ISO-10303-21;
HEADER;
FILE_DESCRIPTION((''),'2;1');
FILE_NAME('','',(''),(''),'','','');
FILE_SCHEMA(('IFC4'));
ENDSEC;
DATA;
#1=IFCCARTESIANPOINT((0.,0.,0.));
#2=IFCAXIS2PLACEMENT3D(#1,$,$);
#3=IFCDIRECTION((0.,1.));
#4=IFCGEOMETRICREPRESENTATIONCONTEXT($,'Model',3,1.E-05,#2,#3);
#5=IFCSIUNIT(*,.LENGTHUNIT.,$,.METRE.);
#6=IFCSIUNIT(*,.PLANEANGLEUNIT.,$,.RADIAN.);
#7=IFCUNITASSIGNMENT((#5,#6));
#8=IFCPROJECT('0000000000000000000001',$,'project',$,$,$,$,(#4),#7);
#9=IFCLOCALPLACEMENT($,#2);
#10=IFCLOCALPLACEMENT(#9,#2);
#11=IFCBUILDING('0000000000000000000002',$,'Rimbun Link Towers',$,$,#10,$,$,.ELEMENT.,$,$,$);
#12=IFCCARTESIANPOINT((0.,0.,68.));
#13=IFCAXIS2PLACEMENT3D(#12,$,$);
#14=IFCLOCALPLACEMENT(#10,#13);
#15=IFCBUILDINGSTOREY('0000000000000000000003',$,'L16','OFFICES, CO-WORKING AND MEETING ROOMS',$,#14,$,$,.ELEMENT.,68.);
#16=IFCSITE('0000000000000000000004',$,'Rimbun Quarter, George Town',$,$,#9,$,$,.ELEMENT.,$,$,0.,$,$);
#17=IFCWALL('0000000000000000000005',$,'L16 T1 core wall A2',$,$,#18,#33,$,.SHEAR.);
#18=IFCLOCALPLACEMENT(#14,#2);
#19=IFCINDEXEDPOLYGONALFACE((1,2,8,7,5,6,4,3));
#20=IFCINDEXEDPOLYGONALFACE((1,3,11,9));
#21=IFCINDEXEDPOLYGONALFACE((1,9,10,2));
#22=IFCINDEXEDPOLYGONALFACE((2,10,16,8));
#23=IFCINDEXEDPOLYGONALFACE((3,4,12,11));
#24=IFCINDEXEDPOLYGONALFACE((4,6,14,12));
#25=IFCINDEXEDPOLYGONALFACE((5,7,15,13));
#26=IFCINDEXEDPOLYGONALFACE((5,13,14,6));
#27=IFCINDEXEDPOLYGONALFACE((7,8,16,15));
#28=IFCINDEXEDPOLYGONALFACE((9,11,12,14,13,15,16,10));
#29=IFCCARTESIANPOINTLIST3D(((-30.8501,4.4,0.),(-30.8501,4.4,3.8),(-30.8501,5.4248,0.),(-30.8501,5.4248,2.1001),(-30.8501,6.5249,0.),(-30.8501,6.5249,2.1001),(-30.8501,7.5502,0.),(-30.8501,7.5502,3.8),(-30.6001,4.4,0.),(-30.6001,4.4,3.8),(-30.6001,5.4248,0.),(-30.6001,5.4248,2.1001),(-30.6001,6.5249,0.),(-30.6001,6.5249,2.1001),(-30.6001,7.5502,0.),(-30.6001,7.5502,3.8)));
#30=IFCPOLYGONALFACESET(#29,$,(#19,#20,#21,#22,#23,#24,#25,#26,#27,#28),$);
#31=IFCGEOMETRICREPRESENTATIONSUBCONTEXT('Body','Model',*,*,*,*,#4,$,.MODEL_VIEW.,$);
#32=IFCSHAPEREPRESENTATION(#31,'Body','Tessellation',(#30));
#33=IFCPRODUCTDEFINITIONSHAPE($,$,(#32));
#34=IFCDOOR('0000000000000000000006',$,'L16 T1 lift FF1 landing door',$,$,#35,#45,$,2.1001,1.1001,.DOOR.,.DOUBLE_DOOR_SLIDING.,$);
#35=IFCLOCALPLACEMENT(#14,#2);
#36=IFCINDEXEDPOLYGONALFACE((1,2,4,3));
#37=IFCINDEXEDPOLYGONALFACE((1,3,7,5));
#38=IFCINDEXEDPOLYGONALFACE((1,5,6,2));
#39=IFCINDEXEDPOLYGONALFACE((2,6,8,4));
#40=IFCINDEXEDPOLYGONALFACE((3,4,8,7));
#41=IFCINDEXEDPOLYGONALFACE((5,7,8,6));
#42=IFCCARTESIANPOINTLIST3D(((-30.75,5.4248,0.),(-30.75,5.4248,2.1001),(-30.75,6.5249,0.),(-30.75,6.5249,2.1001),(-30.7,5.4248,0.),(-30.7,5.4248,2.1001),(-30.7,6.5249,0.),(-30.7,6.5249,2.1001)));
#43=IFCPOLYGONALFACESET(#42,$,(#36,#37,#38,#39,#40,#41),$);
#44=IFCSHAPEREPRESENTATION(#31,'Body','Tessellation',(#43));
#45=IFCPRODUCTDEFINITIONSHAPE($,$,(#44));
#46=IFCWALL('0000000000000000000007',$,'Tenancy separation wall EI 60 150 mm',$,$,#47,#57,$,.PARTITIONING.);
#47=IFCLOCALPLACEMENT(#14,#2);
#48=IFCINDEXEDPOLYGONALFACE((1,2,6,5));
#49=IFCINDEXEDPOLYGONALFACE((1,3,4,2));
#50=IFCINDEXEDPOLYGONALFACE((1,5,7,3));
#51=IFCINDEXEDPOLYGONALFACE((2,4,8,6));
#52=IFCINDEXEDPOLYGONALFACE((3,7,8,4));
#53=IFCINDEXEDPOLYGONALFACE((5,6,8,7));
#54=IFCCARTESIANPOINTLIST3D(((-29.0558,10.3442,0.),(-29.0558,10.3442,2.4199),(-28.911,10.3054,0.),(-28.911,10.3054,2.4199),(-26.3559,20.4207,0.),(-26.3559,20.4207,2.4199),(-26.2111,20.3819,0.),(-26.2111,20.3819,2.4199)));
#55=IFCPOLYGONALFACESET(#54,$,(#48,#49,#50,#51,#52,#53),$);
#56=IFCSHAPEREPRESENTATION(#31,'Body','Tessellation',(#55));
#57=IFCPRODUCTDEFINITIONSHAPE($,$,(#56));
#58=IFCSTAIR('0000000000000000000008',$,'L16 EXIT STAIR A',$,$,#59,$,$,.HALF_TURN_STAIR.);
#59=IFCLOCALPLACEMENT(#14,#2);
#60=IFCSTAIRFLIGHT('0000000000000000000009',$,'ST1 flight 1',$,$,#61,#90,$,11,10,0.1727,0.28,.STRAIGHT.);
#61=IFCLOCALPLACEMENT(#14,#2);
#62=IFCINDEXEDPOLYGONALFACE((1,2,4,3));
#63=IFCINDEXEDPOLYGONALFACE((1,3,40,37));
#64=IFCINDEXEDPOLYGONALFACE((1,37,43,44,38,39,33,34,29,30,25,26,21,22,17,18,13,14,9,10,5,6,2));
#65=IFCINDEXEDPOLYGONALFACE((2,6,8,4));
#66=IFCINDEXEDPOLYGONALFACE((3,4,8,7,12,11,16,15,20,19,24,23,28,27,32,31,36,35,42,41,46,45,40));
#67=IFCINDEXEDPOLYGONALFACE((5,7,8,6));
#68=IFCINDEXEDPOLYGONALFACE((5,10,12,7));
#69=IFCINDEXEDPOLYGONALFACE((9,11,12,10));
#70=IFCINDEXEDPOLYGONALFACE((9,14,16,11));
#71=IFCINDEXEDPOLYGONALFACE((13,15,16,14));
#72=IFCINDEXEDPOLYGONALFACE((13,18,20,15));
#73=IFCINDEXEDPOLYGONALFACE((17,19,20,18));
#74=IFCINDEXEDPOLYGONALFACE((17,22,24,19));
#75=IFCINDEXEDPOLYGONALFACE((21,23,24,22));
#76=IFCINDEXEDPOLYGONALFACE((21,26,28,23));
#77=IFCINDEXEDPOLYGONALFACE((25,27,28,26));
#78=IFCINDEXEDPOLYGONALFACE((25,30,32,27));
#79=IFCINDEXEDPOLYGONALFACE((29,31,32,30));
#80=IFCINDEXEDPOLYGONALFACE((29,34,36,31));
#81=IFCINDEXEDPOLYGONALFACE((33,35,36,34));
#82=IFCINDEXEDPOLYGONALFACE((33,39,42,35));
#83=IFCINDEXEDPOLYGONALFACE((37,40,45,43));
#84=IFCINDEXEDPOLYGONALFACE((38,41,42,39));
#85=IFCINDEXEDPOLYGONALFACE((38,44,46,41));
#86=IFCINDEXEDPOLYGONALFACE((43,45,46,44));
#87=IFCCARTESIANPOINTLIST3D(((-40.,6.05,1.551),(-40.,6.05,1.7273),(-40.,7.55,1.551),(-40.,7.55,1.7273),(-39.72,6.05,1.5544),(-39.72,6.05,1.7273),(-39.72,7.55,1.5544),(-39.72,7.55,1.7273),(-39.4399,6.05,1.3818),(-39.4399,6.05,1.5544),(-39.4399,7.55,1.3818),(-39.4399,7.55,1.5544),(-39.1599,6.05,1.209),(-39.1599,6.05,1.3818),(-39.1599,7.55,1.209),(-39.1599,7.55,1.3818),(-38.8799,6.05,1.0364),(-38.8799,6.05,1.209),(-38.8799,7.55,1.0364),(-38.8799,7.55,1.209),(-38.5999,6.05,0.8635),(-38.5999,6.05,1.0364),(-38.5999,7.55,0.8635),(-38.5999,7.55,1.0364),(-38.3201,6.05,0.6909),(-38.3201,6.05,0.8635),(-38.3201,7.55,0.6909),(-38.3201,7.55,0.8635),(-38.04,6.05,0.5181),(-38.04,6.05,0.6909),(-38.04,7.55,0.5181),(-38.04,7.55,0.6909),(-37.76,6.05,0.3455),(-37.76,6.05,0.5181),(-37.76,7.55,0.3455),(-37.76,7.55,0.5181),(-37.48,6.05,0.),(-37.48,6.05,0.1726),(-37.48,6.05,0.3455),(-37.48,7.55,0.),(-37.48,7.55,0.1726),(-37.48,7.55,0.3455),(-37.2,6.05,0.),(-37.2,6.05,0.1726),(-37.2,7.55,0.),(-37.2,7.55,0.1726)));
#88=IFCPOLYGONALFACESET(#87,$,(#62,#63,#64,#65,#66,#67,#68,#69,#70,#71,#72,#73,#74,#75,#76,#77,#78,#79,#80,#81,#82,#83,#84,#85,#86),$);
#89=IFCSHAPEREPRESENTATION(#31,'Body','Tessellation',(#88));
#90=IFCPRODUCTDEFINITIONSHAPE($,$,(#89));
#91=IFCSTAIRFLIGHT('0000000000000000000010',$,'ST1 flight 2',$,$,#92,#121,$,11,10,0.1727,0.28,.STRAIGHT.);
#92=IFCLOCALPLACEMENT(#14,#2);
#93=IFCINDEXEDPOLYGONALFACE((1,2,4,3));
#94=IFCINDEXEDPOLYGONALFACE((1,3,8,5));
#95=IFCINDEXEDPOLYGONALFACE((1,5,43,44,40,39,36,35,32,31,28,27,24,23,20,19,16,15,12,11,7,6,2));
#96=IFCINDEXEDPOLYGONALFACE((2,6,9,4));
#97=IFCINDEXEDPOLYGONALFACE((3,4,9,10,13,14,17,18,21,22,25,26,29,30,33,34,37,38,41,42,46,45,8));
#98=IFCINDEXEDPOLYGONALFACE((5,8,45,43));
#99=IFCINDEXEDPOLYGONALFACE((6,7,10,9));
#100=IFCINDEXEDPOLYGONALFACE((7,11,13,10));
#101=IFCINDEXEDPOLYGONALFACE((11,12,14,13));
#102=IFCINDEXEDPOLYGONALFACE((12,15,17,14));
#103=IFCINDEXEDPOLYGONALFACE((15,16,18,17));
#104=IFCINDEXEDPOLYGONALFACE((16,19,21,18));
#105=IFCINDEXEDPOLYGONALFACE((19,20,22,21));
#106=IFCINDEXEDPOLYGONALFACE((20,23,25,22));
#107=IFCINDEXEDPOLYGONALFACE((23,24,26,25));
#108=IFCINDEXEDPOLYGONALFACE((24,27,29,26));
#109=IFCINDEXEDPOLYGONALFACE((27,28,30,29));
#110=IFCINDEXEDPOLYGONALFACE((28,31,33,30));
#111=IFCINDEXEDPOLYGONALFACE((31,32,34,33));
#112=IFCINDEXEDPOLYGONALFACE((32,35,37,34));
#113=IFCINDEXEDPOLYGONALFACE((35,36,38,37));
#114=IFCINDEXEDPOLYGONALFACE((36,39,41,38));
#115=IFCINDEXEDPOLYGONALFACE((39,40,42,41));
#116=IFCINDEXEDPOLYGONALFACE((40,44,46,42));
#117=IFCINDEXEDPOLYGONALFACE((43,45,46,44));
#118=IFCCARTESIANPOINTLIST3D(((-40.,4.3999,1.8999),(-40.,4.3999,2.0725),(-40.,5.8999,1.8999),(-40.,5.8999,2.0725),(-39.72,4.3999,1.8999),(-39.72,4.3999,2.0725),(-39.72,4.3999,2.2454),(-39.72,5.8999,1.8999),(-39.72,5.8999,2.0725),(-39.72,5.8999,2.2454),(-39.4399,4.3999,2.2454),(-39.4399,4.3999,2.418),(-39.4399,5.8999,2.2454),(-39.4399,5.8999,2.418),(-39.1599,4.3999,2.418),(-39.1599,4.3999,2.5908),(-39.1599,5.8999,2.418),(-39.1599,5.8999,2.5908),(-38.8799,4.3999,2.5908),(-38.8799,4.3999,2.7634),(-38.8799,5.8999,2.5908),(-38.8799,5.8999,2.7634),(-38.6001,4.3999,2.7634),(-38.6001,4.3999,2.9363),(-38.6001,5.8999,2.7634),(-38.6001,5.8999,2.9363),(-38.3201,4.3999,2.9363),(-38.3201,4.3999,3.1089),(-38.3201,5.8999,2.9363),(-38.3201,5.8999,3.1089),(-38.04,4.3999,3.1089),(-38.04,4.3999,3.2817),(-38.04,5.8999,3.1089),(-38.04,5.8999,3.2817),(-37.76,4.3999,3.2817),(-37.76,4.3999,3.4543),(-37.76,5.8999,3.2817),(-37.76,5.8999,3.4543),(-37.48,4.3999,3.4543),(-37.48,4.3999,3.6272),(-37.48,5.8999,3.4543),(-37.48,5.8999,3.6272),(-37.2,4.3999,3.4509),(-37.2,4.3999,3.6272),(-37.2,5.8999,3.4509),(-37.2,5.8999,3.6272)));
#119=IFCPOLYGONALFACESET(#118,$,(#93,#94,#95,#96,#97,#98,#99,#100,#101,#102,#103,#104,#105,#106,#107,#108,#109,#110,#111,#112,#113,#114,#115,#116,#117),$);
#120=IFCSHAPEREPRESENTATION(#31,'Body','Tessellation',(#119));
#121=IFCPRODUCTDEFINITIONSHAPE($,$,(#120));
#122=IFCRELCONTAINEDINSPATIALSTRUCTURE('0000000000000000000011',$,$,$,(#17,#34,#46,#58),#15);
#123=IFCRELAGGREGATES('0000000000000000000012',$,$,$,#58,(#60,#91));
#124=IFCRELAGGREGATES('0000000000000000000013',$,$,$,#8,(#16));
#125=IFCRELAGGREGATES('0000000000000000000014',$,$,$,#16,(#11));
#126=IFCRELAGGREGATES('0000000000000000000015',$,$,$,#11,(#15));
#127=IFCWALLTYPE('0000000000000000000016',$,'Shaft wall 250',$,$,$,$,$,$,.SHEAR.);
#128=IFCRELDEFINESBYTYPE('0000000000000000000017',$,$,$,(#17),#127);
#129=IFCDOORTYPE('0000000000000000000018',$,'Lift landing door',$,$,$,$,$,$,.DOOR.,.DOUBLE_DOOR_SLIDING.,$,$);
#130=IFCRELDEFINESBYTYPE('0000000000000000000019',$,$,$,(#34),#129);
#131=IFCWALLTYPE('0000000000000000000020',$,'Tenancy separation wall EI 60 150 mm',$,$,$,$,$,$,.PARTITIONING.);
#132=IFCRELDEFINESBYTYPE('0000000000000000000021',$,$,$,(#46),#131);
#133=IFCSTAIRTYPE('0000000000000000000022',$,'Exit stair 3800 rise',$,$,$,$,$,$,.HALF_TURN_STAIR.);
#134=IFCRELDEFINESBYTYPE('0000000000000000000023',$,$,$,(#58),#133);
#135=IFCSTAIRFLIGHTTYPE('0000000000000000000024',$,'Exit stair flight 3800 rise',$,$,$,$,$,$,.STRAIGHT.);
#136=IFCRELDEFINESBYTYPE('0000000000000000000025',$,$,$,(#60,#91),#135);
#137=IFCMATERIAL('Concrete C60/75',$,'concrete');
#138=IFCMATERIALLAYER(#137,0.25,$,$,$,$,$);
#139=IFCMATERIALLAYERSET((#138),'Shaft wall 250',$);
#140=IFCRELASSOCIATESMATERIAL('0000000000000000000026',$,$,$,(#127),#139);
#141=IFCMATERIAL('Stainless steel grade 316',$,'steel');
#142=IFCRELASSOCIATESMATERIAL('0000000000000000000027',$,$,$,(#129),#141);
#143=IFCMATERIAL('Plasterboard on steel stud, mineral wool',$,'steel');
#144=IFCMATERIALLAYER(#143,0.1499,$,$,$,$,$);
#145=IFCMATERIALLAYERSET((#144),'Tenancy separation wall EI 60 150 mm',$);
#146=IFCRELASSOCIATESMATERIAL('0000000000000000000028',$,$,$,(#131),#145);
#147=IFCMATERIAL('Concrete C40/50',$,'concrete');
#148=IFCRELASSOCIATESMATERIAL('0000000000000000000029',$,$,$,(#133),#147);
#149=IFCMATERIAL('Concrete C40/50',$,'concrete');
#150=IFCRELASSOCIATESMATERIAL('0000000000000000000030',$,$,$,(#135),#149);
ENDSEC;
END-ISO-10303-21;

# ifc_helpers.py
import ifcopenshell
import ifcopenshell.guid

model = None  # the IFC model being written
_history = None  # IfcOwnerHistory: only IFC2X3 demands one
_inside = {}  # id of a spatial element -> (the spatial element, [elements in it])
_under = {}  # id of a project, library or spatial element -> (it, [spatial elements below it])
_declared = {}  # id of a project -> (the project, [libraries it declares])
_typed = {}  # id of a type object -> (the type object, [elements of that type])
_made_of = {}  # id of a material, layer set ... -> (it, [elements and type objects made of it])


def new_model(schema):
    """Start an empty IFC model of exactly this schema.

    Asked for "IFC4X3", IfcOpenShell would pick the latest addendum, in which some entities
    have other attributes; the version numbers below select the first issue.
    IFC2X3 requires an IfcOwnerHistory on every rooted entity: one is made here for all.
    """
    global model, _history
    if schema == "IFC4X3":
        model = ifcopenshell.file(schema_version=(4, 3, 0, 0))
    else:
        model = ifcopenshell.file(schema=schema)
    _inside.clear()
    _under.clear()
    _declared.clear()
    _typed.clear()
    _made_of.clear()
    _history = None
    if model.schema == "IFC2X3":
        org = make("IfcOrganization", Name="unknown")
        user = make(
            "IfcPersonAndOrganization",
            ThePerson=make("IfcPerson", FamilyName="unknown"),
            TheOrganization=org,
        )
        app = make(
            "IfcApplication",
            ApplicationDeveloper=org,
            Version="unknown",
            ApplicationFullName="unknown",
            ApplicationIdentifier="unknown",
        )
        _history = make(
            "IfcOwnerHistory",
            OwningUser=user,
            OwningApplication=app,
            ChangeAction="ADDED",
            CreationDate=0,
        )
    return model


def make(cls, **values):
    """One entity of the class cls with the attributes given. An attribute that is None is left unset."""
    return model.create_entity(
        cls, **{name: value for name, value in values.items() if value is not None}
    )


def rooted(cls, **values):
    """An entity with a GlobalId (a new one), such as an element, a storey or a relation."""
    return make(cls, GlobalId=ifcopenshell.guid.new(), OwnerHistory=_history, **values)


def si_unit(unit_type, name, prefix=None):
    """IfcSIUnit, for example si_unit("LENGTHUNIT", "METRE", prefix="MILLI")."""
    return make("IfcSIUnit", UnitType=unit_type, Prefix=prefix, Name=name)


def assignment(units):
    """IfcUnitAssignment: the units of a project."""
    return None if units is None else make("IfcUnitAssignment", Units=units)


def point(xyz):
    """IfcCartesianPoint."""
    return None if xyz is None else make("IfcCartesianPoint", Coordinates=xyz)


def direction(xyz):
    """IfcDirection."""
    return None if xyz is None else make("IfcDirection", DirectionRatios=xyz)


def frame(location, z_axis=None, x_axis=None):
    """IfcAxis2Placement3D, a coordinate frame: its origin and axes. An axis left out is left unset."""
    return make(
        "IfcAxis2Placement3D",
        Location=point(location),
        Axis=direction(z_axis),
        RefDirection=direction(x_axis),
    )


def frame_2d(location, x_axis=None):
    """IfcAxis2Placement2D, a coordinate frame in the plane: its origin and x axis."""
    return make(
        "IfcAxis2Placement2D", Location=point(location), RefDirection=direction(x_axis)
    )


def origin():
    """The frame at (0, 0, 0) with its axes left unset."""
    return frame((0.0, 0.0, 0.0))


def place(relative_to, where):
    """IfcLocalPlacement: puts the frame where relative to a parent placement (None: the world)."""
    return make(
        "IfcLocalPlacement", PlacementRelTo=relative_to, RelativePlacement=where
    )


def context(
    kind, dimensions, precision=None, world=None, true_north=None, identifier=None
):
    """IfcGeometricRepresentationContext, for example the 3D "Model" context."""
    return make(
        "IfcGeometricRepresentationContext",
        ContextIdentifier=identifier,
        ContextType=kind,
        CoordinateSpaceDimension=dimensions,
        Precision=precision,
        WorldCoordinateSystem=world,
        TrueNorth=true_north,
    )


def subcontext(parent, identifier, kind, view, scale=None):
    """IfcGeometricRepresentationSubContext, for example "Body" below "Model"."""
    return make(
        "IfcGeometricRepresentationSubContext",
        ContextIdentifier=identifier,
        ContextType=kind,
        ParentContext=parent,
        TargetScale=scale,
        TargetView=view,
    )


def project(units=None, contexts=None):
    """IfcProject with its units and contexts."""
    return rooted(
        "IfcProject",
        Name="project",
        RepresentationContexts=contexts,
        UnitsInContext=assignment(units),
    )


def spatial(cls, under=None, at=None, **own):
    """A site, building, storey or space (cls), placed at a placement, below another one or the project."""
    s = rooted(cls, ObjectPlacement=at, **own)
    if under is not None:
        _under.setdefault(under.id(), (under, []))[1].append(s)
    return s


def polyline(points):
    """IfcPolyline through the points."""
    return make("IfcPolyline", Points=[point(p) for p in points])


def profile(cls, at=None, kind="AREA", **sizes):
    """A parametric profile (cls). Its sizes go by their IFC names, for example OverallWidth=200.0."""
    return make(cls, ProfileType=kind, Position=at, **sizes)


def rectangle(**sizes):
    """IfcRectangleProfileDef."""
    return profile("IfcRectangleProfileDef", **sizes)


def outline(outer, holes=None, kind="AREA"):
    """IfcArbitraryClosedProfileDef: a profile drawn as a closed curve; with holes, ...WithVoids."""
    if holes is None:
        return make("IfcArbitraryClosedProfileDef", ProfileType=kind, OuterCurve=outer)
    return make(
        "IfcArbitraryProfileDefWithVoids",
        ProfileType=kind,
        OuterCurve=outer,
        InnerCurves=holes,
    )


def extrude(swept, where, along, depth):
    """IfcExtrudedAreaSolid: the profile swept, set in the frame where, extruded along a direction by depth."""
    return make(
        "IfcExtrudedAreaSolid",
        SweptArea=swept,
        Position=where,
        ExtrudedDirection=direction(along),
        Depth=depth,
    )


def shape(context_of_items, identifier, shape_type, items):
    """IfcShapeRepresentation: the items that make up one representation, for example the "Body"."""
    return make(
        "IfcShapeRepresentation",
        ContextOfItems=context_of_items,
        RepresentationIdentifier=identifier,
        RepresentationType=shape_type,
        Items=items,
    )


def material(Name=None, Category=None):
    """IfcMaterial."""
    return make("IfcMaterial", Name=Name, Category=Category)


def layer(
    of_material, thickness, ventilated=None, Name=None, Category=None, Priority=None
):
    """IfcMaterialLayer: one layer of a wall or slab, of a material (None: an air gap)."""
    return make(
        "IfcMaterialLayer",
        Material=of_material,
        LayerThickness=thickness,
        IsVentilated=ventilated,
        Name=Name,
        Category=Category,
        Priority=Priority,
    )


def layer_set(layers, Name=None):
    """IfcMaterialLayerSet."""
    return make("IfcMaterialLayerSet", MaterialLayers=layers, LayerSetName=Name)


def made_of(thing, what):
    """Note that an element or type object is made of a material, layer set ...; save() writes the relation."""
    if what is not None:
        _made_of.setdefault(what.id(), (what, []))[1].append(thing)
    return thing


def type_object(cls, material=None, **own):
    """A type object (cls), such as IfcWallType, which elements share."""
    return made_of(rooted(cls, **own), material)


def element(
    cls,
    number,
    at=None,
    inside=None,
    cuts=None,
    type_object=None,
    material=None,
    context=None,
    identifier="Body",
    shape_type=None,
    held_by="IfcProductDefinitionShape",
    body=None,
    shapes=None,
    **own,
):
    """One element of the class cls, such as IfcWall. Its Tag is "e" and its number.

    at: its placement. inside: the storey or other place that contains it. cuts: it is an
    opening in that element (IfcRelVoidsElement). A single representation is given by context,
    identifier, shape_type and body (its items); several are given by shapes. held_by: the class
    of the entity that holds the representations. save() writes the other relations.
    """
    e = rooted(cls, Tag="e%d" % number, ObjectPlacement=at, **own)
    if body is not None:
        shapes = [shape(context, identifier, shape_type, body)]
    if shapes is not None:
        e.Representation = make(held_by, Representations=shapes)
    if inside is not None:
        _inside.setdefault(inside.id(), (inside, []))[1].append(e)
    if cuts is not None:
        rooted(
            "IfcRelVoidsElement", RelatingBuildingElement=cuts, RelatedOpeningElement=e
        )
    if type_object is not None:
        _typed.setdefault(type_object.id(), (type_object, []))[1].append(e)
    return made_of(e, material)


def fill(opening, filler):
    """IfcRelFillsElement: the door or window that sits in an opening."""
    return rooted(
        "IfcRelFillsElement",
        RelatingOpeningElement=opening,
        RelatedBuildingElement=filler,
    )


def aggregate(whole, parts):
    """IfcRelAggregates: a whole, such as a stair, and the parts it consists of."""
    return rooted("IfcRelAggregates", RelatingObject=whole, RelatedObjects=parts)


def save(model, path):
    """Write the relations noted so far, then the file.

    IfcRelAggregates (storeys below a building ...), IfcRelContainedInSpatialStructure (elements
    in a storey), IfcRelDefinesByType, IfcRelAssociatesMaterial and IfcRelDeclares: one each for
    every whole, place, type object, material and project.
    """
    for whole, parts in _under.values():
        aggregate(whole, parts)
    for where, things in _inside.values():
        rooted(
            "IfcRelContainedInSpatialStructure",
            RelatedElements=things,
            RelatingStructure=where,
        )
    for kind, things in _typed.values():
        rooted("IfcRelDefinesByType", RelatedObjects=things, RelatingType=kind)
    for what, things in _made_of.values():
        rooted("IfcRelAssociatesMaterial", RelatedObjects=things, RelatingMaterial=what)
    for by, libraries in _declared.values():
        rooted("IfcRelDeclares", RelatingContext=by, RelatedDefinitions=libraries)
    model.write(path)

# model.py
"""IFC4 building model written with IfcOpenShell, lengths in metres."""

from ifc_helpers import new_model, si_unit, direction, frame, frame_2d, origin, place, context, subcontext, project, spatial, polyline, rectangle, outline, extrude, material, layer, layer_set, type_object, element, fill, aggregate, save


model = new_model("IFC4")

# Units and contexts
model_context = context("Model", 3, precision=1e-05, world=origin(), true_north=direction((0.0, 1.0)))
body_context = subcontext(model_context, "Body", "Model", "MODEL_VIEW")
ifc_project = project(units=[si_unit("LENGTHUNIT", "METRE"), si_unit("PLANEANGLEUNIT", "RADIAN")], contexts=[model_context])

# Site, building, storey
site_placement = place(None, origin())
site = spatial("IfcSite", under=ifc_project, at=site_placement, Name="Rimbun Quarter, George Town", CompositionType="ELEMENT", RefElevation=0.0)
building_placement = place(site_placement, origin())
building = spatial("IfcBuilding", under=site, at=building_placement, Name="Rimbun Link Towers", CompositionType="ELEMENT")
storey_placement = place(building_placement, frame((0.0, 0.0, 68.0)))
storey = spatial("IfcBuildingStorey", under=building, at=storey_placement, Name="L16", Description="OFFICES, CO-WORKING AND MEETING ROOMS", CompositionType="ELEMENT", Elevation=68.0)

# Wall, opening, door
ifc_material_1 = material(Name="Concrete C60/75", Category="concrete")
ifc_layer_1 = layer(ifc_material_1, 0.25)
ifc_layer_set_1 = layer_set([ifc_layer_1], Name="Shaft wall 250")
wall_type_1 = type_object("IfcWallType", Name="Shaft wall 250", PredefinedType="SHEAR", material=ifc_layer_set_1)
wall_1_placement = place(storey_placement, frame((-30.7251, 4.3999, 0.0), z_axis=(0.0, 0.0, 1.0), x_axis=(0.0, 1.0, 0.0)))
wall_1 = element("IfcWall", 1, at=wall_1_placement, inside=storey, type_object=wall_type_1, Name="L16 T1 core wall A2", PredefinedType="SHEAR", context=body_context, shape_type="SweptSolid", body=[
    extrude(rectangle(XDim=3.1501, YDim=0.25, at=frame_2d((1.5752, 0.0))), origin(), (0.0, 0.0, 1.0), 3.8),
])
opening_1_placement = place(wall_1_placement, frame((1.0249, 0.0, 0.0)))
opening_1 = element("IfcOpeningElement", 2, at=opening_1_placement, cuts=wall_1, PredefinedType="OPENING", context=body_context, shape_type="SweptSolid", body=[
    extrude(rectangle(XDim=1.1001, YDim=2.1001, at=frame_2d((0.55, 1.05))), frame((0.0, 0.135, 0.0), z_axis=(0.0, -1.0, 0.0), x_axis=(1.0, 0.0, 0.0)), (0.0, 0.0, 1.0), 0.27),
])
ifc_material_2 = material(Name="Stainless steel grade 316", Category="steel")
door_type_1 = type_object("IfcDoorType", Name="Lift landing door", OperationType="DOUBLE_DOOR_SLIDING", PredefinedType="DOOR", material=ifc_material_2)
door_1_placement = place(opening_1_placement, origin())
door_1 = element("IfcDoor", 3, at=door_1_placement, inside=storey, type_object=door_type_1, Name="L16 T1 lift FF1 landing door", OperationType="DOUBLE_DOOR_SLIDING", OverallHeight=2.1001, OverallWidth=1.1001, PredefinedType="DOOR", context=body_context, shape_type="SweptSolid", body=[
    extrude(rectangle(XDim=1.1001, YDim=2.1001, at=frame_2d((0.55, 1.05))), frame((0.0, 0.0249, 0.0), z_axis=(0.0, -1.0, 0.0), x_axis=(1.0, 0.0, 0.0)), (0.0, 0.0, 1.0), 0.05),
])
fill(opening_1, door_1)

# Wall
ifc_material_3 = material(Name="Plasterboard on steel stud, mineral wool", Category="steel")
ifc_layer_2 = layer(ifc_material_3, 0.1499)
ifc_layer_set_2 = layer_set([ifc_layer_2], Name="Tenancy separation wall EI 60 150 mm")
wall_type_2 = type_object("IfcWallType", Name="Tenancy separation wall EI 60 150 mm", PredefinedType="PARTITIONING", material=ifc_layer_set_2)
wall_2_placement = place(storey_placement, frame((-28.9834, 10.325, 0.0), z_axis=(0.0, 0.0, 1.0), x_axis=(0.258818, 0.965926, 0.0)))
element("IfcWall", 4, at=wall_2_placement, inside=storey, type_object=wall_type_2, Name="Tenancy separation wall EI 60 150 mm", PredefinedType="PARTITIONING", context=body_context, shape_type="SweptSolid", body=[
    extrude(rectangle(XDim=10.4319, YDim=0.1499, at=frame_2d((5.2158, 0.0))), origin(), (0.0, 0.0, 1.0), 2.4199),
])

# Stair, stair flights
ifc_material_4 = material(Name="Concrete C40/50", Category="concrete")
stair_type = type_object("IfcStairType", Name="Exit stair 3800 rise", PredefinedType="HALF_TURN_STAIR", material=ifc_material_4)
stair_placement = place(storey_placement, origin())
stair = element("IfcStair", 5, at=stair_placement, inside=storey, type_object=stair_type, Name="L16 EXIT STAIR A", PredefinedType="HALF_TURN_STAIR")
ifc_material_5 = material(Name="Concrete C40/50", Category="concrete")
stair_flight_type = type_object("IfcStairFlightType", Name="Exit stair flight 3800 rise", PredefinedType="STRAIGHT", material=ifc_material_5)
stair_flight_1_placement = place(storey_placement, frame((-37.2, 6.8, 0.0), z_axis=(0.0, 0.0, 1.0), x_axis=(-1.0, 0.0, 0.0)))
stair_flight_1 = element("IfcStairFlight", 6, at=stair_flight_1_placement, type_object=stair_flight_type, Name="ST1 flight 1", NumberOfRisers=11, NumberOfTreads=10, PredefinedType="STRAIGHT", RiserHeight=0.1727, TreadLength=0.28, context=body_context, shape_type="SweptSolid", body=[
    extrude(outline(polyline([(0.0, 0.0), (0.0, 0.1726), (0.28, 0.1726), (0.28, 0.3455), (0.5601, 0.3455), (0.5601, 0.5181), (0.8401, 0.5181), (0.8401, 0.6909), (1.1201, 0.6909), (1.1201, 0.8635), (1.3999, 0.8635), (1.3999, 1.0364), (1.6799, 1.0364), (1.6799, 1.209), (1.96, 1.209), (1.96, 1.3818), (2.24, 1.3818), (2.24, 1.5544), (2.52, 1.5544), (2.52, 1.7273), (2.8, 1.7273), (2.8, 1.8999), (2.8, 1.551), (0.28, 0.0), (0.0, 0.0)])), frame((0.0, 0.75, 0.0), z_axis=(0.0, -1.0, 0.0), x_axis=(1.0, 0.0, 0.0)), (0.0, 0.0, 1.0), 1.5),
])
stair_flight_2_placement = place(storey_placement, frame((-40.0, 5.1499, 1.8999), z_axis=(0.0, 0.0, 1.0), x_axis=(1.0, 0.0, 0.0)))
stair_flight_2 = element("IfcStairFlight", 7, at=stair_flight_2_placement, type_object=stair_flight_type, Name="ST1 flight 2", NumberOfRisers=11, NumberOfTreads=10, PredefinedType="STRAIGHT", RiserHeight=0.1727, TreadLength=0.28, context=body_context, shape_type="SweptSolid", body=[
    extrude(outline(polyline([(0.0, 0.0), (0.0, 0.1726), (0.28, 0.1726), (0.28, 0.3455), (0.5601, 0.3455), (0.5601, 0.5181), (0.8401, 0.5181), (0.8401, 0.6909), (1.1201, 0.6909), (1.1201, 0.8635), (1.3999, 0.8635), (1.3999, 1.0364), (1.6799, 1.0364), (1.6799, 1.209), (1.96, 1.209), (1.96, 1.3818), (2.24, 1.3818), (2.24, 1.5544), (2.52, 1.5544), (2.52, 1.7273), (2.8, 1.7273), (2.8, 1.8999), (2.8, 1.551), (0.28, 0.0), (0.0, 0.0)])), frame((0.0, 0.75, 0.0), z_axis=(0.0, -1.0, 0.0), x_axis=(1.0, 0.0, 0.0)), (0.0, 0.0, 1.0), 1.5),
])
aggregate(stair, [stair_flight_1, stair_flight_2])

save(model, "model.ifc")
